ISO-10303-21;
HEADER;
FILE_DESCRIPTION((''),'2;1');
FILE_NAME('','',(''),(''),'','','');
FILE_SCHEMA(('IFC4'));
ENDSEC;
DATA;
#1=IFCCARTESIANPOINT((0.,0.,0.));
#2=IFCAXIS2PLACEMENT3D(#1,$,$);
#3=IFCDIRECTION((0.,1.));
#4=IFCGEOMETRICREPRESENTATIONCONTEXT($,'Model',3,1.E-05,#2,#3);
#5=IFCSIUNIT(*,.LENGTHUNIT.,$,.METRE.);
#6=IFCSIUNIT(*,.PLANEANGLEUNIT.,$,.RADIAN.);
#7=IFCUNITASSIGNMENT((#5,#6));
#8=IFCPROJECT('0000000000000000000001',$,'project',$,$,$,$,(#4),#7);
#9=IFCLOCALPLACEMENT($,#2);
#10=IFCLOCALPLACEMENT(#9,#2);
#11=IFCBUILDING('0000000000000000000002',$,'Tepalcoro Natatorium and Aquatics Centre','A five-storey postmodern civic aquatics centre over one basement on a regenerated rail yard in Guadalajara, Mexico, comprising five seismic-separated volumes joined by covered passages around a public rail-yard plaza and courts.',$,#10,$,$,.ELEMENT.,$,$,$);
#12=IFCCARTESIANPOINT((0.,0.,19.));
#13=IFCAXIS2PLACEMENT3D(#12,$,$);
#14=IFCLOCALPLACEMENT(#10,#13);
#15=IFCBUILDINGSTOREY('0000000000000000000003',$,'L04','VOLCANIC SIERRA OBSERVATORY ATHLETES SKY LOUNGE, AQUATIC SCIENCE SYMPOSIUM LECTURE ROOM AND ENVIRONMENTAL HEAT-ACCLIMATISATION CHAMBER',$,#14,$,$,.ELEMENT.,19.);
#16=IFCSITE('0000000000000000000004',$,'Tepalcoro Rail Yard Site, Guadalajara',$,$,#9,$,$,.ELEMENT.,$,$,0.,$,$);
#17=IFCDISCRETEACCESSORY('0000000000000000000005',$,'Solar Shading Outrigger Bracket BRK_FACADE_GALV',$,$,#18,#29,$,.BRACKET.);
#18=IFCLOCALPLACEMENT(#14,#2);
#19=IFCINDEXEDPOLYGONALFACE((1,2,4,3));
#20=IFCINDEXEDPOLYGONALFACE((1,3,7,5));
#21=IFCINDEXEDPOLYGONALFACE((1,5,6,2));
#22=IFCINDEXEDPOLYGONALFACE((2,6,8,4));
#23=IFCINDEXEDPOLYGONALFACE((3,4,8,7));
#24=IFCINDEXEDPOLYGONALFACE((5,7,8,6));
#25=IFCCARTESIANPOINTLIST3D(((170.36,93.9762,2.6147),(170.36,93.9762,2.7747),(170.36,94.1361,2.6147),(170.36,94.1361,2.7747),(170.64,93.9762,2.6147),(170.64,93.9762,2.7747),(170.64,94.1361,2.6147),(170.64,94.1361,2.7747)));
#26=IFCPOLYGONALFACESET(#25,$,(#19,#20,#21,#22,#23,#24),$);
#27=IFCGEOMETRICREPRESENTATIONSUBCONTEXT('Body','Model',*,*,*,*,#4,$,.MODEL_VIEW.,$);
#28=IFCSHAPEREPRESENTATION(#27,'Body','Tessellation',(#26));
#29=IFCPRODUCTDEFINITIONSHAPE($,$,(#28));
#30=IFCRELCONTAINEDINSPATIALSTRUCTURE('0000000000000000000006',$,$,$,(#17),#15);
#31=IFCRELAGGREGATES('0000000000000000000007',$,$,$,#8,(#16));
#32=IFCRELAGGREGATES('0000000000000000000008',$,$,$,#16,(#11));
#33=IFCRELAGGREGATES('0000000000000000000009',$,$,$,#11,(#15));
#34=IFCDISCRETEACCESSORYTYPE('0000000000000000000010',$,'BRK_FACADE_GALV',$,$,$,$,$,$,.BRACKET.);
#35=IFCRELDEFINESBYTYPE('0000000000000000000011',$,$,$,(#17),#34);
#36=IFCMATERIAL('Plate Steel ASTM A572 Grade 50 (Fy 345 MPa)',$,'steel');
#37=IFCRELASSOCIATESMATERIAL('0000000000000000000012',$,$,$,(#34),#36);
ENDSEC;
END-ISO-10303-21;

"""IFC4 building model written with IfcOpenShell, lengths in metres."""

from ifc_helpers import new_model, si_unit, direction, frame, origin, origin_2d, place, context, subcontext, project, spatial, rectangle, extrude, material, type_object, element, save


model = new_model("IFC4")

# Units and contexts
model_context = context("Model", 3, precision=1e-05, world=origin(), true_north=direction((0.0, 1.0)))
body_context = subcontext(model_context, "Body", "Model", "MODEL_VIEW")
ifc_project = project(units=[si_unit("LENGTHUNIT", "METRE"), si_unit("PLANEANGLEUNIT", "RADIAN")], contexts=[model_context])

# Site, building, storey
site_placement = place(None, origin())
site = spatial("IfcSite", under=ifc_project, at=site_placement, Name="Tepalcoro Rail Yard Site, Guadalajara", CompositionType="ELEMENT", RefElevation=0.0)
building_placement = place(site_placement, origin())
building = spatial("IfcBuilding", under=site, at=building_placement, Name="Tepalcoro Natatorium and Aquatics Centre", Description="A five-storey postmodern civic aquatics centre over one basement on a regenerated rail yard in Guadalajara, Mexico, comprising five seismic-separated volumes joined by covered passages around a public rail-yard plaza and courts.", CompositionType="ELEMENT")
storey_placement = place(building_placement, frame((0.0, 0.0, 19.0)))
storey = spatial("IfcBuildingStorey", under=building, at=storey_placement, Name="L04", Description="VOLCANIC SIERRA OBSERVATORY ATHLETES SKY LOUNGE, AQUATIC SCIENCE SYMPOSIUM LECTURE ROOM AND ENVIRONMENTAL HEAT-ACCLIMATISATION CHAMBER", CompositionType="ELEMENT", Elevation=19.0)

# Shared definitions
ifc_material_1 = material(Name="Plate Steel ASTM A572 Grade 50 (Fy 345 MPa)", Category="steel")

# Discrete accessory
discrete_accessory_type = type_object("IfcDiscreteAccessoryType", Name="BRK_FACADE_GALV", PredefinedType="BRACKET", material=ifc_material_1)
discrete_accessory_placement = place(storey_placement, frame((170.5, 94.0562, 2.6147), z_axis=(0.0, 0.0, 1.0), x_axis=(1.0, 0.0, 0.0)))
element("IfcDiscreteAccessory", 1, at=discrete_accessory_placement, inside=storey, type_object=discrete_accessory_type, Name="Solar Shading Outrigger Bracket BRK_FACADE_GALV", PredefinedType="BRACKET", context=body_context, shape_type="SweptSolid", body=[
    extrude(rectangle(XDim=0.28, YDim=0.1599, at=origin_2d()), origin(), (0.0, 0.0, 1.0), 0.1599),
])

save(model, "model.ifc")
